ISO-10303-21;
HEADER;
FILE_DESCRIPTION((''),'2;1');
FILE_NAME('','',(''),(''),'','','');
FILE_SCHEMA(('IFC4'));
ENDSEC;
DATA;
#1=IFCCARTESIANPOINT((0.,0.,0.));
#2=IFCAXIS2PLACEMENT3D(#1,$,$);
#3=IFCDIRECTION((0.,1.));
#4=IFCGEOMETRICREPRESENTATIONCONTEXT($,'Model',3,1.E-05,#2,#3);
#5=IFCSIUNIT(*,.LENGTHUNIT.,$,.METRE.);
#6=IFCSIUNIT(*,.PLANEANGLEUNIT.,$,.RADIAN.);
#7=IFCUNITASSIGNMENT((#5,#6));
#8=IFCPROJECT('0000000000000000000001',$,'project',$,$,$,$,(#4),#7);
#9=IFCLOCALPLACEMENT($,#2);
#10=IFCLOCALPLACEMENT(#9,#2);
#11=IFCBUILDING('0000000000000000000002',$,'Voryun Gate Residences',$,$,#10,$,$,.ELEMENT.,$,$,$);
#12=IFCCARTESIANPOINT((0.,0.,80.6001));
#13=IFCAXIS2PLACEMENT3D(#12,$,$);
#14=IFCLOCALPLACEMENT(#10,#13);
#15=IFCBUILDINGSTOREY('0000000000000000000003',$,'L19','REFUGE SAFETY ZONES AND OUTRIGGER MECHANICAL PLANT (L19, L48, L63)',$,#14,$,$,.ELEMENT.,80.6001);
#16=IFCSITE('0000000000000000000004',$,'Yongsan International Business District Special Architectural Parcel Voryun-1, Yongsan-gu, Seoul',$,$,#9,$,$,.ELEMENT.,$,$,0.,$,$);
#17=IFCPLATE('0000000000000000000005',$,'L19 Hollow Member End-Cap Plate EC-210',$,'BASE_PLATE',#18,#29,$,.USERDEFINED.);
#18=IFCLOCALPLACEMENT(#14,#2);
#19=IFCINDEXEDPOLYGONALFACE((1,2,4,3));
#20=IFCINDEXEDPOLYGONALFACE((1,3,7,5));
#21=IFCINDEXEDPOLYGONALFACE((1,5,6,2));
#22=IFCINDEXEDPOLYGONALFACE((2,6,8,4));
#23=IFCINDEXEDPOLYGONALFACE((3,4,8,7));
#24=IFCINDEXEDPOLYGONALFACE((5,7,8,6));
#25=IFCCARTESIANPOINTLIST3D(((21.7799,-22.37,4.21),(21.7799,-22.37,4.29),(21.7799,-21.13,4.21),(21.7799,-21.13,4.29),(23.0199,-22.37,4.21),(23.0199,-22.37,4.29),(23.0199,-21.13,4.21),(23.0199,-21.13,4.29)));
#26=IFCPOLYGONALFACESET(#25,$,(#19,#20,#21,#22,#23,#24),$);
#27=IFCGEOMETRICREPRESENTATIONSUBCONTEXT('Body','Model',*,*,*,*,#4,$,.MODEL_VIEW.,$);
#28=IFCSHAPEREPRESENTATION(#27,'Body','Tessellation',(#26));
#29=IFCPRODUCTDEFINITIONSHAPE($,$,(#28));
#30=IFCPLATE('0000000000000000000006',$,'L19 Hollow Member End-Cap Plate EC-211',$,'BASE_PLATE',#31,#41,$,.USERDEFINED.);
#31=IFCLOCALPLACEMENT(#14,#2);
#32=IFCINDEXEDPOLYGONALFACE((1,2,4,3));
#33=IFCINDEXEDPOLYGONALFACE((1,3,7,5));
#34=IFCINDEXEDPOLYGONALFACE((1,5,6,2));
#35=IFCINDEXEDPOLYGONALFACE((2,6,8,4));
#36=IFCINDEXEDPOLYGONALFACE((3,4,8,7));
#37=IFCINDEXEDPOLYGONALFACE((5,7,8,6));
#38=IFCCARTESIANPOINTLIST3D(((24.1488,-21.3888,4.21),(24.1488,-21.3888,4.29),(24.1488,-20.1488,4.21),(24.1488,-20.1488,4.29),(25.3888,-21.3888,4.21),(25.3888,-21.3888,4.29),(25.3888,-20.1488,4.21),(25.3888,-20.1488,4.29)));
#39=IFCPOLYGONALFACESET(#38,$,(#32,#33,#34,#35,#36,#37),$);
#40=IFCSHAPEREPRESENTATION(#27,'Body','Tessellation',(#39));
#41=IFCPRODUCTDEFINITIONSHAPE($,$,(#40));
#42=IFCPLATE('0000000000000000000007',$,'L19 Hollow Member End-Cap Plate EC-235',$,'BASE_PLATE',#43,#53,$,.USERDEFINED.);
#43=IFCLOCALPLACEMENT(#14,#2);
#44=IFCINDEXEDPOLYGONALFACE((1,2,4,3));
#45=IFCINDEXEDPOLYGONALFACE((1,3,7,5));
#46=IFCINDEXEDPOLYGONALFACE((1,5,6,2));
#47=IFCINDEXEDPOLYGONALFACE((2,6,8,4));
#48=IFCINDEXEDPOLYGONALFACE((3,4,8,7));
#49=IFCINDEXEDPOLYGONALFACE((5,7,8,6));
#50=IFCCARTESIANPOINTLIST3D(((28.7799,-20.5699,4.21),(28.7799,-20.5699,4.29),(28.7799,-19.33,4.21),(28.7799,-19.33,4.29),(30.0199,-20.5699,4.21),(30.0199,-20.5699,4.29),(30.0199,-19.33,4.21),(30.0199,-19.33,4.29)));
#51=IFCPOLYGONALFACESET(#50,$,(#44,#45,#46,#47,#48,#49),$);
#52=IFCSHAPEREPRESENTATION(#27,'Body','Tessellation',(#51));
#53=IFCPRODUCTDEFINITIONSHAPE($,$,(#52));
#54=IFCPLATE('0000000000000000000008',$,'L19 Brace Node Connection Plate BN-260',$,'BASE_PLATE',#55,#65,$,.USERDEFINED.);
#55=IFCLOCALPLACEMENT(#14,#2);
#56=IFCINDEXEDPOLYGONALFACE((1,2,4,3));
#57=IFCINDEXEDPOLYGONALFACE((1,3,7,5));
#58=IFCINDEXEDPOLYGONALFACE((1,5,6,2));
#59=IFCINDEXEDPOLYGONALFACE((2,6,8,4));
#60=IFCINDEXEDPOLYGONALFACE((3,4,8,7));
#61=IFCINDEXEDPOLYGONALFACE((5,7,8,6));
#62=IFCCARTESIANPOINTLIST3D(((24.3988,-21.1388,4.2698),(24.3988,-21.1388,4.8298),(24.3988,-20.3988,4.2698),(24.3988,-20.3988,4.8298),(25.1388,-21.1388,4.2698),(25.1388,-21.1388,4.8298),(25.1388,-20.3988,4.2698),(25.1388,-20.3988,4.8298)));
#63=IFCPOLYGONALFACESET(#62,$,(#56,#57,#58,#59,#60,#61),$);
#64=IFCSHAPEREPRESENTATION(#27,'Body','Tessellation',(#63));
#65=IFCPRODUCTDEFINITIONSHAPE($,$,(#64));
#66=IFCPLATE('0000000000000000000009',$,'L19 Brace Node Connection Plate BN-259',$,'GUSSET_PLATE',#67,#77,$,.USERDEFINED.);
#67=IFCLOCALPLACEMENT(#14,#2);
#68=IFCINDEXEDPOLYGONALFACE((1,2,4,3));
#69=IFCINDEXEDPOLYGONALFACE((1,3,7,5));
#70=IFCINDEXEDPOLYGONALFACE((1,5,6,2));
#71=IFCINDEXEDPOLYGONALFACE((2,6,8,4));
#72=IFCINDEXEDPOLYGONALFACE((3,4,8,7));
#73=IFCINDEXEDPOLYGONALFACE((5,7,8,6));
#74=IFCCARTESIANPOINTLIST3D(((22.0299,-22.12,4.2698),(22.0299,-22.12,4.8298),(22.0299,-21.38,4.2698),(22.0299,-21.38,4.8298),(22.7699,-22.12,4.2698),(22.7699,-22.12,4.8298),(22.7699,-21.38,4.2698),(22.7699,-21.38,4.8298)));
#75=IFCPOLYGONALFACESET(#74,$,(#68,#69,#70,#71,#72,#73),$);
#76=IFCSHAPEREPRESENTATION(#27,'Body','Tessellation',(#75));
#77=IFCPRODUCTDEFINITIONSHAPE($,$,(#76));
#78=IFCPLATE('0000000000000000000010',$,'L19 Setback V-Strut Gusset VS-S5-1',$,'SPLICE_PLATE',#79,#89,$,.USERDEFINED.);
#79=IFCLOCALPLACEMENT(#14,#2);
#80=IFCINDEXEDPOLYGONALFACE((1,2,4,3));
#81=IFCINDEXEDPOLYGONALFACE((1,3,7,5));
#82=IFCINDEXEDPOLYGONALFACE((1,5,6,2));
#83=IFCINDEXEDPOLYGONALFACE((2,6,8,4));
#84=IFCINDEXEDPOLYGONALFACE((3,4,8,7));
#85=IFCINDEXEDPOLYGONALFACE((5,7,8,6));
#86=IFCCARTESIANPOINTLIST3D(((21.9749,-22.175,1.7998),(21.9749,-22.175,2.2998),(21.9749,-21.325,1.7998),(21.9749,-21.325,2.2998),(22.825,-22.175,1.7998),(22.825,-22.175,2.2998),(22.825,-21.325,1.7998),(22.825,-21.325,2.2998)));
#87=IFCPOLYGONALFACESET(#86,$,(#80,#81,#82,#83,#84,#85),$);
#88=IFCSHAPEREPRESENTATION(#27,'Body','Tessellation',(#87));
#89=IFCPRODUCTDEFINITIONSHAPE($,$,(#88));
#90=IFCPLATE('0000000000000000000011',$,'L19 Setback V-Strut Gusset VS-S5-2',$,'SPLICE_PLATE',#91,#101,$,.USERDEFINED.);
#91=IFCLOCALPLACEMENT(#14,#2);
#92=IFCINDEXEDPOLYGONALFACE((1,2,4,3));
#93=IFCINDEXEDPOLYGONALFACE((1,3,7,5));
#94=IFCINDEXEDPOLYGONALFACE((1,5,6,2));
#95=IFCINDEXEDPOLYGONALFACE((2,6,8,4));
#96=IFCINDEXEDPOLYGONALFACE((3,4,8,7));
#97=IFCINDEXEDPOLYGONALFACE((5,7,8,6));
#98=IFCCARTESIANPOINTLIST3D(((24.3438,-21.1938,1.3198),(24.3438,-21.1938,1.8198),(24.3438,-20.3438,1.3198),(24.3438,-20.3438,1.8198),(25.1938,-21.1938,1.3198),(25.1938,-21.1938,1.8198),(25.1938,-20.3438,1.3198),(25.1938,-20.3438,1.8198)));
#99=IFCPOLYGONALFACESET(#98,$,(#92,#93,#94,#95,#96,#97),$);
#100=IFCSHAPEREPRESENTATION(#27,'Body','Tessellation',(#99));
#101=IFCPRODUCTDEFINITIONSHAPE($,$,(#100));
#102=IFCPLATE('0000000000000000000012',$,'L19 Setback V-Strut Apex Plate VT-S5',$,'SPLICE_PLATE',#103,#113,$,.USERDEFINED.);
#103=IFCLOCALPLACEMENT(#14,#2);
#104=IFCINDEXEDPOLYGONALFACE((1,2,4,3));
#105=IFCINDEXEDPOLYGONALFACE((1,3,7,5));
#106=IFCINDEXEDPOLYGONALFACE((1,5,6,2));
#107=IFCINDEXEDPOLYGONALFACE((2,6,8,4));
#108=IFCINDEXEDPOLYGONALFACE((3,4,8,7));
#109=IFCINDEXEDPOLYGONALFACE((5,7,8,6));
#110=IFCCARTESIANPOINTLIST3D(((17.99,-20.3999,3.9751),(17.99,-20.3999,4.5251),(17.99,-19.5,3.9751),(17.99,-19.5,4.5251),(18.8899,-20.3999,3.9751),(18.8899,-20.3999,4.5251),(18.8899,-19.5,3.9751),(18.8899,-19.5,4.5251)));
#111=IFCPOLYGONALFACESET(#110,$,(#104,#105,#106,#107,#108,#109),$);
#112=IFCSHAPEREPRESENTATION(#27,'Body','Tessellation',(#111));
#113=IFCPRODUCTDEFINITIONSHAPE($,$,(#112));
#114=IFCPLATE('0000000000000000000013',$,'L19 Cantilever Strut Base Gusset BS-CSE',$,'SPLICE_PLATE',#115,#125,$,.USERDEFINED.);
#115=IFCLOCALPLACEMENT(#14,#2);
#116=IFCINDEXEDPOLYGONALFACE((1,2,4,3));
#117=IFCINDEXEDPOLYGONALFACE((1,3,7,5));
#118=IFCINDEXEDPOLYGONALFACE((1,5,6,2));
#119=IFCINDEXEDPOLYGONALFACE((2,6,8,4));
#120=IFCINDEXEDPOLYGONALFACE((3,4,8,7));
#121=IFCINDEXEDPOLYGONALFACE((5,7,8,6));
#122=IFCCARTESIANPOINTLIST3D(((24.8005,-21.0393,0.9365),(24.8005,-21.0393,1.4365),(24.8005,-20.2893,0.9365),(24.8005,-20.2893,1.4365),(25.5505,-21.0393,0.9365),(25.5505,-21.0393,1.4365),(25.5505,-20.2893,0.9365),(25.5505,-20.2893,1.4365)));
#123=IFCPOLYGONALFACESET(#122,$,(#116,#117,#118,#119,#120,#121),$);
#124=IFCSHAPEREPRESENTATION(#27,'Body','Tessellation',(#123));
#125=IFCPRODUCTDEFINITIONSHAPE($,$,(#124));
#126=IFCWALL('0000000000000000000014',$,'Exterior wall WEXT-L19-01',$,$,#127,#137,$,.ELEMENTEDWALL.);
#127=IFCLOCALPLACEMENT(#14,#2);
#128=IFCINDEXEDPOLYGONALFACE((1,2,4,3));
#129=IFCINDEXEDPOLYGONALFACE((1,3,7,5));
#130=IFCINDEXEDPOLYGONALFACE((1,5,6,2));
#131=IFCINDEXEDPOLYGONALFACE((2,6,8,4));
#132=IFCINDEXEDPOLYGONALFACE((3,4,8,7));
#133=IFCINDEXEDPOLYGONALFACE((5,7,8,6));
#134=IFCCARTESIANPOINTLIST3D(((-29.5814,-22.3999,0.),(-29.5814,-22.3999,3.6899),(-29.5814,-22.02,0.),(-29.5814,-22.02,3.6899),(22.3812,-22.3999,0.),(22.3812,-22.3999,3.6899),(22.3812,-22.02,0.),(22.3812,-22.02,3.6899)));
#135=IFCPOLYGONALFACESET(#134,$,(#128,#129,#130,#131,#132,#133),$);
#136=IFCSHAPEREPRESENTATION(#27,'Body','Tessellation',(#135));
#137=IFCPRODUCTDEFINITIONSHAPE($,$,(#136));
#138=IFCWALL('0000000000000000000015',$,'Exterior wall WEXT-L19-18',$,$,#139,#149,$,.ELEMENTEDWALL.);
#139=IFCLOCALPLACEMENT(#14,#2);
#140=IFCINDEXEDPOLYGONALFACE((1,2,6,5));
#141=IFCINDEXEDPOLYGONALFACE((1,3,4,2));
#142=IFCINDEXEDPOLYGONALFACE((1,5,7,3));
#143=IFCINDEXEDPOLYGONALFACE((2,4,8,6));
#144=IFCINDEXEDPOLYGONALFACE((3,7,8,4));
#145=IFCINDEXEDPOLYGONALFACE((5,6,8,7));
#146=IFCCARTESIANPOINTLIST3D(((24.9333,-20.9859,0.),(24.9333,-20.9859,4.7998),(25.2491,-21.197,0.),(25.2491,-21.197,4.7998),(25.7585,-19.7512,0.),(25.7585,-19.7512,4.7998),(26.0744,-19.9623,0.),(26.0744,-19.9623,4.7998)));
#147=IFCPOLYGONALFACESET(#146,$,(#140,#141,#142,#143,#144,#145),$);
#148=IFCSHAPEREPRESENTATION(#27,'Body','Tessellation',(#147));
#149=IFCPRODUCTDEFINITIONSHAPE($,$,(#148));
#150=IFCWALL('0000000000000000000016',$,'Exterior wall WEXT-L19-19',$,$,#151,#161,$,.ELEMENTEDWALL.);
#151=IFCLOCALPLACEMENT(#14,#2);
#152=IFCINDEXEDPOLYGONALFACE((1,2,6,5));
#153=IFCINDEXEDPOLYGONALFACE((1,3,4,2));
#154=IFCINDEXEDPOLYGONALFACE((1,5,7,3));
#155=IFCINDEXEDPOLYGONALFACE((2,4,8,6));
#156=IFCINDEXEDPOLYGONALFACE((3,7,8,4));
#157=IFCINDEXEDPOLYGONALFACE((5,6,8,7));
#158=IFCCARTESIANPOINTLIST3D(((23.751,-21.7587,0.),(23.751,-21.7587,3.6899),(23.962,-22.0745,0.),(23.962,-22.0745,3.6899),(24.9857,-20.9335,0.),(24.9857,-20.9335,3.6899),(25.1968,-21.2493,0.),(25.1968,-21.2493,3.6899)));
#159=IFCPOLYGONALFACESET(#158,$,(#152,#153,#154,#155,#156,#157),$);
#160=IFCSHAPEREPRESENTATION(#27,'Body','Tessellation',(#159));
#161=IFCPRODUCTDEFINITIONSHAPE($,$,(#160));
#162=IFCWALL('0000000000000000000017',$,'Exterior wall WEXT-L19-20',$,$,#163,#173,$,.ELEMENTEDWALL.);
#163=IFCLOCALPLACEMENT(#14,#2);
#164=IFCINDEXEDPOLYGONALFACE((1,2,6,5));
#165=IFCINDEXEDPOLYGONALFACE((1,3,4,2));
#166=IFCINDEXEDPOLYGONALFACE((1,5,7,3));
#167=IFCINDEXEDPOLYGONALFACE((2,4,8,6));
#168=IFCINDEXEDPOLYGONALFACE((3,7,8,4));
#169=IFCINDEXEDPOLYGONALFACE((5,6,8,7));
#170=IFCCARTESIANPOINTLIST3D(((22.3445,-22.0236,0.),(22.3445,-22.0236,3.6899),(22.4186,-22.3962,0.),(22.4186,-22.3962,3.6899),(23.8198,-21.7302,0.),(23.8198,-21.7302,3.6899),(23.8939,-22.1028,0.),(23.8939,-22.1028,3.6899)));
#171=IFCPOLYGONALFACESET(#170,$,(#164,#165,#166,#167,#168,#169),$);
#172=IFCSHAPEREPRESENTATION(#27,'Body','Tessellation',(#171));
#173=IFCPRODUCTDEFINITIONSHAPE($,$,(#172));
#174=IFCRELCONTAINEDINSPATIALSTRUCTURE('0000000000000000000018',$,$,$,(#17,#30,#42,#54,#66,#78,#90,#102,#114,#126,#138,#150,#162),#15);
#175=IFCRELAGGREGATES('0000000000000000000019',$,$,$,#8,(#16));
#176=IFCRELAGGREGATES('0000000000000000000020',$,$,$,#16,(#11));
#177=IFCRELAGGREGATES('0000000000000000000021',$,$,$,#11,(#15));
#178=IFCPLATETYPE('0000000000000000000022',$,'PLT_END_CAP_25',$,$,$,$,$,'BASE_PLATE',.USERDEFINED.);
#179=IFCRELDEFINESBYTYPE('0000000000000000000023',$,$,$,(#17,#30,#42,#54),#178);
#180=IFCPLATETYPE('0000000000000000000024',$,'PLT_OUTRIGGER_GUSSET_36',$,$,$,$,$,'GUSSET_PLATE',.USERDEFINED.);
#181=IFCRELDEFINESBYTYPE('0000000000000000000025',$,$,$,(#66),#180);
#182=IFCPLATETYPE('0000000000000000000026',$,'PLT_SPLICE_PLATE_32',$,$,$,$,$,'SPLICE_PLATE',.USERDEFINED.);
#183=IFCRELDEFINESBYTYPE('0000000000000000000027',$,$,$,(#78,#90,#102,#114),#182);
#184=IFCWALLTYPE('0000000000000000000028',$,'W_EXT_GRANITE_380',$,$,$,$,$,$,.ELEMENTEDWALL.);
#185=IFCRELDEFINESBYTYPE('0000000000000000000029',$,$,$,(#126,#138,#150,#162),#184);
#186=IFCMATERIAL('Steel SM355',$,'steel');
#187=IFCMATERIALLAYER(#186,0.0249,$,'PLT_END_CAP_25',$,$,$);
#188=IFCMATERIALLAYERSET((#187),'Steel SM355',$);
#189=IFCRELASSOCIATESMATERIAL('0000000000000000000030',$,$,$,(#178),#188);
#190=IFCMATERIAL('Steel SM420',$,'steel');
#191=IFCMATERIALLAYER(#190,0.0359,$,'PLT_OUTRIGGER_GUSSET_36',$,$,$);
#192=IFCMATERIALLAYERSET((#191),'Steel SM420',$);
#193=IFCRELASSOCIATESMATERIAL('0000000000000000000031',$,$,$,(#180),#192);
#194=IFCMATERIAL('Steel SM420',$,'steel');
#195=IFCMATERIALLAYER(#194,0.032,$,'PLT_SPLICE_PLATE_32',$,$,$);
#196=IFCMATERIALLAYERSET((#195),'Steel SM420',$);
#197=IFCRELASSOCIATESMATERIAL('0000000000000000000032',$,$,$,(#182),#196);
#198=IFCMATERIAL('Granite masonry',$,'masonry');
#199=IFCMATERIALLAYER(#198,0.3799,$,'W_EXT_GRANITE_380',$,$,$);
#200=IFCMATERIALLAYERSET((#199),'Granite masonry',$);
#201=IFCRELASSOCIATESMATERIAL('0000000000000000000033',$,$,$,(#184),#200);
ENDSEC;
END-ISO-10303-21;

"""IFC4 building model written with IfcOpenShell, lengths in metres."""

from ifc_helpers import new_model, si_unit, direction, frame, frame_2d, origin, origin_2d, place, context, subcontext, project, spatial, rectangle, extrude, material, layer, layer_set, type_object, element, save


model = new_model("IFC4")

# Units and contexts
model_context = context("Model", 3, precision=1e-05, world=origin(), true_north=direction((0.0, 1.0)))
body_context = subcontext(model_context, "Body", "Model", "MODEL_VIEW")
ifc_project = project(units=[si_unit("LENGTHUNIT", "METRE"), si_unit("PLANEANGLEUNIT", "RADIAN")], contexts=[model_context])

# Site, building, storey
site_placement = place(None, origin())
site = spatial("IfcSite", under=ifc_project, at=site_placement, Name="Yongsan International Business District Special Architectural Parcel Voryun-1, Yongsan-gu, Seoul", CompositionType="ELEMENT", RefElevation=0.0)
building_placement = place(site_placement, origin())
building = spatial("IfcBuilding", under=site, at=building_placement, Name="Voryun Gate Residences", CompositionType="ELEMENT")
storey_placement = place(building_placement, frame((0.0, 0.0, 80.6001)))
storey = spatial("IfcBuildingStorey", under=building, at=storey_placement, Name="L19", Description="REFUGE SAFETY ZONES AND OUTRIGGER MECHANICAL PLANT (L19, L48, L63)", CompositionType="ELEMENT", Elevation=80.6001)

# Plates
ifc_material_1 = material(Name="Steel SM355", Category="steel")
ifc_layer_1 = layer(ifc_material_1, 0.0249, Name="PLT_END_CAP_25")
ifc_layer_set_1 = layer_set([ifc_layer_1], Name="Steel SM355")
plate_type_1 = type_object("IfcPlateType", Name="PLT_END_CAP_25", ElementType="BASE_PLATE", PredefinedType="USERDEFINED", material=ifc_layer_set_1)
for number, where, z_axis, x_axis, name in (
    (1, (22.3999, -21.75, 4.21), (0.0, 0.0, 1.0), (1.0, 0.0, 0.0), "L19 Hollow Member End-Cap Plate EC-210"),
    (2, (24.7688, -20.7688, 4.21), (0.0, 0.0, 1.0), (1.0, 0.0, 0.0), "L19 Hollow Member End-Cap Plate EC-211"),
    (3, (29.3999, -19.95, 4.21), (0.0, 0.0, 1.0), (1.0, 0.0, 0.0), "L19 Hollow Member End-Cap Plate EC-235"),
):
    element("IfcPlate", number, at=place(storey_placement, frame(where, z_axis=z_axis, x_axis=x_axis)), inside=storey, type_object=plate_type_1, Name=name, ObjectType="BASE_PLATE", PredefinedType="USERDEFINED", context=body_context, shape_type="SweptSolid", body=[
        extrude(rectangle(XDim=1.24, YDim=1.24, at=origin_2d()), origin(), (0.0, 0.0, 1.0), 0.0801),
    ])
plate_1_placement = place(storey_placement, frame((24.7688, -20.7688, 4.2698), z_axis=(0.0, 0.0, 1.0), x_axis=(1.0, 0.0, 0.0)))
element("IfcPlate", 4, at=plate_1_placement, inside=storey, type_object=plate_type_1, Name="L19 Brace Node Connection Plate BN-260", ObjectType="BASE_PLATE", PredefinedType="USERDEFINED", context=body_context, shape_type="SweptSolid", body=[
    extrude(rectangle(XDim=0.74, YDim=0.74, at=origin_2d()), origin(), (0.0, 0.0, 1.0), 0.5601),
])
ifc_material_2 = material(Name="Steel SM420", Category="steel")
ifc_layer_2 = layer(ifc_material_2, 0.0359, Name="PLT_OUTRIGGER_GUSSET_36")
ifc_layer_set_2 = layer_set([ifc_layer_2], Name="Steel SM420")
plate_type_2 = type_object("IfcPlateType", Name="PLT_OUTRIGGER_GUSSET_36", ElementType="GUSSET_PLATE", PredefinedType="USERDEFINED", material=ifc_layer_set_2)
plate_2_placement = place(storey_placement, frame((22.3999, -21.75, 4.2698), z_axis=(0.0, 0.0, 1.0), x_axis=(1.0, 0.0, 0.0)))
element("IfcPlate", 5, at=plate_2_placement, inside=storey, type_object=plate_type_2, Name="L19 Brace Node Connection Plate BN-259", ObjectType="GUSSET_PLATE", PredefinedType="USERDEFINED", context=body_context, shape_type="SweptSolid", body=[
    extrude(rectangle(XDim=0.74, YDim=0.74, at=origin_2d()), origin(), (0.0, 0.0, 1.0), 0.5601),
])
ifc_material_3 = material(Name="Steel SM420", Category="steel")
ifc_layer_3 = layer(ifc_material_3, 0.032, Name="PLT_SPLICE_PLATE_32")
ifc_layer_set_3 = layer_set([ifc_layer_3], Name="Steel SM420")
plate_type_3 = type_object("IfcPlateType", Name="PLT_SPLICE_PLATE_32", ElementType="SPLICE_PLATE", PredefinedType="USERDEFINED", material=ifc_layer_set_3)
for number, where, z_axis, x_axis, name in (
    (6, (22.3999, -21.75, 1.7998), (0.0, 0.0, 1.0), (1.0, 0.0, 0.0), "L19 Setback V-Strut Gusset VS-S5-1"),
    (7, (24.7688, -20.7688, 1.3198), (0.0, 0.0, 1.0), (1.0, 0.0, 0.0), "L19 Setback V-Strut Gusset VS-S5-2"),
):
    element("IfcPlate", number, at=place(storey_placement, frame(where, z_axis=z_axis, x_axis=x_axis)), inside=storey, type_object=plate_type_3, Name=name, ObjectType="SPLICE_PLATE", PredefinedType="USERDEFINED", context=body_context, shape_type="SweptSolid", body=[
        extrude(rectangle(XDim=0.8501, YDim=0.8501, at=origin_2d()), origin(), (0.0, 0.0, 1.0), 0.5),
    ])
plate_3_placement = place(storey_placement, frame((18.4399, -19.95, 3.9751), z_axis=(0.0, 0.0, 1.0), x_axis=(1.0, 0.0, 0.0)))
element("IfcPlate", 8, at=plate_3_placement, inside=storey, type_object=plate_type_3, Name="L19 Setback V-Strut Apex Plate VT-S5", ObjectType="SPLICE_PLATE", PredefinedType="USERDEFINED", context=body_context, shape_type="SweptSolid", body=[
    extrude(rectangle(XDim=0.8999, YDim=0.8999, at=origin_2d()), origin(), (0.0, 0.0, 1.0), 0.55),
])
plate_4_placement = place(storey_placement, frame((25.1755, -20.6643, 0.9365), z_axis=(0.0, 0.0, 1.0), x_axis=(1.0, 0.0, 0.0)))
element("IfcPlate", 9, at=plate_4_placement, inside=storey, type_object=plate_type_3, Name="L19 Cantilever Strut Base Gusset BS-CSE", ObjectType="SPLICE_PLATE", PredefinedType="USERDEFINED", context=body_context, shape_type="SweptSolid", body=[
    extrude(rectangle(XDim=0.75, YDim=0.75, at=origin_2d()), origin(), (0.0, 0.0, 1.0), 0.5),
])

# Walls
ifc_material_4 = material(Name="Granite masonry", Category="masonry")
ifc_layer_4 = layer(ifc_material_4, 0.3799, Name="W_EXT_GRANITE_380")
ifc_layer_set_4 = layer_set([ifc_layer_4], Name="Granite masonry")
wall_type = type_object("IfcWallType", Name="W_EXT_GRANITE_380", PredefinedType="ELEMENTEDWALL", material=ifc_layer_set_4)
wall_1_placement = place(storey_placement, frame((22.3813, -22.21, 0.0), z_axis=(0.0, 0.0, 1.0), x_axis=(-1.0, 0.0, 0.0)))
element("IfcWall", 10, at=wall_1_placement, inside=storey, type_object=wall_type, Name="Exterior wall WEXT-L19-01", PredefinedType="ELEMENTEDWALL", context=body_context, shape_type="SweptSolid", body=[
    extrude(rectangle(XDim=51.9626, YDim=0.3799, at=frame_2d((25.9814, 0.0))), origin(), (0.0, 0.0, 1.0), 3.6899),
])
wall_2_placement = place(storey_placement, frame((25.9165, -19.8567, 0.0), z_axis=(0.0, 0.0, 1.0), x_axis=(-0.555686, -0.831392, 0.0)))
element("IfcWall", 11, at=wall_2_placement, inside=storey, type_object=wall_type, Name="Exterior wall WEXT-L19-18", PredefinedType="ELEMENTEDWALL", context=body_context, shape_type="SweptSolid", body=[
    extrude(rectangle(XDim=1.4851, YDim=0.3799, at=frame_2d((0.7427, 0.0))), origin(), (0.0, 0.0, 1.0), 4.7998),
])
wall_3_placement = place(storey_placement, frame((25.0913, -21.0913, 0.0), z_axis=(0.0, 0.0, 1.0), x_axis=(-0.831392, -0.555686, 0.0)))
element("IfcWall", 12, at=wall_3_placement, inside=storey, type_object=wall_type, Name="Exterior wall WEXT-L19-19", PredefinedType="ELEMENTEDWALL", context=body_context, shape_type="SweptSolid", body=[
    extrude(rectangle(XDim=1.4851, YDim=0.3799, at=frame_2d((0.7427, 0.0))), origin(), (0.0, 0.0, 1.0), 3.6899),
])
wall_4_placement = place(storey_placement, frame((23.8567, -21.9165, 0.0), z_axis=(0.0, 0.0, 1.0), x_axis=(-0.980786, -0.195086, 0.0)))
element("IfcWall", 13, at=wall_4_placement, inside=storey, type_object=wall_type, Name="Exterior wall WEXT-L19-20", PredefinedType="ELEMENTEDWALL", context=body_context, shape_type="SweptSolid", body=[
    extrude(rectangle(XDim=1.5042, YDim=0.3799, at=frame_2d((0.752, 0.0))), origin(), (0.0, 0.0, 1.0), 3.6899),
])

save(model, "model.ifc")
